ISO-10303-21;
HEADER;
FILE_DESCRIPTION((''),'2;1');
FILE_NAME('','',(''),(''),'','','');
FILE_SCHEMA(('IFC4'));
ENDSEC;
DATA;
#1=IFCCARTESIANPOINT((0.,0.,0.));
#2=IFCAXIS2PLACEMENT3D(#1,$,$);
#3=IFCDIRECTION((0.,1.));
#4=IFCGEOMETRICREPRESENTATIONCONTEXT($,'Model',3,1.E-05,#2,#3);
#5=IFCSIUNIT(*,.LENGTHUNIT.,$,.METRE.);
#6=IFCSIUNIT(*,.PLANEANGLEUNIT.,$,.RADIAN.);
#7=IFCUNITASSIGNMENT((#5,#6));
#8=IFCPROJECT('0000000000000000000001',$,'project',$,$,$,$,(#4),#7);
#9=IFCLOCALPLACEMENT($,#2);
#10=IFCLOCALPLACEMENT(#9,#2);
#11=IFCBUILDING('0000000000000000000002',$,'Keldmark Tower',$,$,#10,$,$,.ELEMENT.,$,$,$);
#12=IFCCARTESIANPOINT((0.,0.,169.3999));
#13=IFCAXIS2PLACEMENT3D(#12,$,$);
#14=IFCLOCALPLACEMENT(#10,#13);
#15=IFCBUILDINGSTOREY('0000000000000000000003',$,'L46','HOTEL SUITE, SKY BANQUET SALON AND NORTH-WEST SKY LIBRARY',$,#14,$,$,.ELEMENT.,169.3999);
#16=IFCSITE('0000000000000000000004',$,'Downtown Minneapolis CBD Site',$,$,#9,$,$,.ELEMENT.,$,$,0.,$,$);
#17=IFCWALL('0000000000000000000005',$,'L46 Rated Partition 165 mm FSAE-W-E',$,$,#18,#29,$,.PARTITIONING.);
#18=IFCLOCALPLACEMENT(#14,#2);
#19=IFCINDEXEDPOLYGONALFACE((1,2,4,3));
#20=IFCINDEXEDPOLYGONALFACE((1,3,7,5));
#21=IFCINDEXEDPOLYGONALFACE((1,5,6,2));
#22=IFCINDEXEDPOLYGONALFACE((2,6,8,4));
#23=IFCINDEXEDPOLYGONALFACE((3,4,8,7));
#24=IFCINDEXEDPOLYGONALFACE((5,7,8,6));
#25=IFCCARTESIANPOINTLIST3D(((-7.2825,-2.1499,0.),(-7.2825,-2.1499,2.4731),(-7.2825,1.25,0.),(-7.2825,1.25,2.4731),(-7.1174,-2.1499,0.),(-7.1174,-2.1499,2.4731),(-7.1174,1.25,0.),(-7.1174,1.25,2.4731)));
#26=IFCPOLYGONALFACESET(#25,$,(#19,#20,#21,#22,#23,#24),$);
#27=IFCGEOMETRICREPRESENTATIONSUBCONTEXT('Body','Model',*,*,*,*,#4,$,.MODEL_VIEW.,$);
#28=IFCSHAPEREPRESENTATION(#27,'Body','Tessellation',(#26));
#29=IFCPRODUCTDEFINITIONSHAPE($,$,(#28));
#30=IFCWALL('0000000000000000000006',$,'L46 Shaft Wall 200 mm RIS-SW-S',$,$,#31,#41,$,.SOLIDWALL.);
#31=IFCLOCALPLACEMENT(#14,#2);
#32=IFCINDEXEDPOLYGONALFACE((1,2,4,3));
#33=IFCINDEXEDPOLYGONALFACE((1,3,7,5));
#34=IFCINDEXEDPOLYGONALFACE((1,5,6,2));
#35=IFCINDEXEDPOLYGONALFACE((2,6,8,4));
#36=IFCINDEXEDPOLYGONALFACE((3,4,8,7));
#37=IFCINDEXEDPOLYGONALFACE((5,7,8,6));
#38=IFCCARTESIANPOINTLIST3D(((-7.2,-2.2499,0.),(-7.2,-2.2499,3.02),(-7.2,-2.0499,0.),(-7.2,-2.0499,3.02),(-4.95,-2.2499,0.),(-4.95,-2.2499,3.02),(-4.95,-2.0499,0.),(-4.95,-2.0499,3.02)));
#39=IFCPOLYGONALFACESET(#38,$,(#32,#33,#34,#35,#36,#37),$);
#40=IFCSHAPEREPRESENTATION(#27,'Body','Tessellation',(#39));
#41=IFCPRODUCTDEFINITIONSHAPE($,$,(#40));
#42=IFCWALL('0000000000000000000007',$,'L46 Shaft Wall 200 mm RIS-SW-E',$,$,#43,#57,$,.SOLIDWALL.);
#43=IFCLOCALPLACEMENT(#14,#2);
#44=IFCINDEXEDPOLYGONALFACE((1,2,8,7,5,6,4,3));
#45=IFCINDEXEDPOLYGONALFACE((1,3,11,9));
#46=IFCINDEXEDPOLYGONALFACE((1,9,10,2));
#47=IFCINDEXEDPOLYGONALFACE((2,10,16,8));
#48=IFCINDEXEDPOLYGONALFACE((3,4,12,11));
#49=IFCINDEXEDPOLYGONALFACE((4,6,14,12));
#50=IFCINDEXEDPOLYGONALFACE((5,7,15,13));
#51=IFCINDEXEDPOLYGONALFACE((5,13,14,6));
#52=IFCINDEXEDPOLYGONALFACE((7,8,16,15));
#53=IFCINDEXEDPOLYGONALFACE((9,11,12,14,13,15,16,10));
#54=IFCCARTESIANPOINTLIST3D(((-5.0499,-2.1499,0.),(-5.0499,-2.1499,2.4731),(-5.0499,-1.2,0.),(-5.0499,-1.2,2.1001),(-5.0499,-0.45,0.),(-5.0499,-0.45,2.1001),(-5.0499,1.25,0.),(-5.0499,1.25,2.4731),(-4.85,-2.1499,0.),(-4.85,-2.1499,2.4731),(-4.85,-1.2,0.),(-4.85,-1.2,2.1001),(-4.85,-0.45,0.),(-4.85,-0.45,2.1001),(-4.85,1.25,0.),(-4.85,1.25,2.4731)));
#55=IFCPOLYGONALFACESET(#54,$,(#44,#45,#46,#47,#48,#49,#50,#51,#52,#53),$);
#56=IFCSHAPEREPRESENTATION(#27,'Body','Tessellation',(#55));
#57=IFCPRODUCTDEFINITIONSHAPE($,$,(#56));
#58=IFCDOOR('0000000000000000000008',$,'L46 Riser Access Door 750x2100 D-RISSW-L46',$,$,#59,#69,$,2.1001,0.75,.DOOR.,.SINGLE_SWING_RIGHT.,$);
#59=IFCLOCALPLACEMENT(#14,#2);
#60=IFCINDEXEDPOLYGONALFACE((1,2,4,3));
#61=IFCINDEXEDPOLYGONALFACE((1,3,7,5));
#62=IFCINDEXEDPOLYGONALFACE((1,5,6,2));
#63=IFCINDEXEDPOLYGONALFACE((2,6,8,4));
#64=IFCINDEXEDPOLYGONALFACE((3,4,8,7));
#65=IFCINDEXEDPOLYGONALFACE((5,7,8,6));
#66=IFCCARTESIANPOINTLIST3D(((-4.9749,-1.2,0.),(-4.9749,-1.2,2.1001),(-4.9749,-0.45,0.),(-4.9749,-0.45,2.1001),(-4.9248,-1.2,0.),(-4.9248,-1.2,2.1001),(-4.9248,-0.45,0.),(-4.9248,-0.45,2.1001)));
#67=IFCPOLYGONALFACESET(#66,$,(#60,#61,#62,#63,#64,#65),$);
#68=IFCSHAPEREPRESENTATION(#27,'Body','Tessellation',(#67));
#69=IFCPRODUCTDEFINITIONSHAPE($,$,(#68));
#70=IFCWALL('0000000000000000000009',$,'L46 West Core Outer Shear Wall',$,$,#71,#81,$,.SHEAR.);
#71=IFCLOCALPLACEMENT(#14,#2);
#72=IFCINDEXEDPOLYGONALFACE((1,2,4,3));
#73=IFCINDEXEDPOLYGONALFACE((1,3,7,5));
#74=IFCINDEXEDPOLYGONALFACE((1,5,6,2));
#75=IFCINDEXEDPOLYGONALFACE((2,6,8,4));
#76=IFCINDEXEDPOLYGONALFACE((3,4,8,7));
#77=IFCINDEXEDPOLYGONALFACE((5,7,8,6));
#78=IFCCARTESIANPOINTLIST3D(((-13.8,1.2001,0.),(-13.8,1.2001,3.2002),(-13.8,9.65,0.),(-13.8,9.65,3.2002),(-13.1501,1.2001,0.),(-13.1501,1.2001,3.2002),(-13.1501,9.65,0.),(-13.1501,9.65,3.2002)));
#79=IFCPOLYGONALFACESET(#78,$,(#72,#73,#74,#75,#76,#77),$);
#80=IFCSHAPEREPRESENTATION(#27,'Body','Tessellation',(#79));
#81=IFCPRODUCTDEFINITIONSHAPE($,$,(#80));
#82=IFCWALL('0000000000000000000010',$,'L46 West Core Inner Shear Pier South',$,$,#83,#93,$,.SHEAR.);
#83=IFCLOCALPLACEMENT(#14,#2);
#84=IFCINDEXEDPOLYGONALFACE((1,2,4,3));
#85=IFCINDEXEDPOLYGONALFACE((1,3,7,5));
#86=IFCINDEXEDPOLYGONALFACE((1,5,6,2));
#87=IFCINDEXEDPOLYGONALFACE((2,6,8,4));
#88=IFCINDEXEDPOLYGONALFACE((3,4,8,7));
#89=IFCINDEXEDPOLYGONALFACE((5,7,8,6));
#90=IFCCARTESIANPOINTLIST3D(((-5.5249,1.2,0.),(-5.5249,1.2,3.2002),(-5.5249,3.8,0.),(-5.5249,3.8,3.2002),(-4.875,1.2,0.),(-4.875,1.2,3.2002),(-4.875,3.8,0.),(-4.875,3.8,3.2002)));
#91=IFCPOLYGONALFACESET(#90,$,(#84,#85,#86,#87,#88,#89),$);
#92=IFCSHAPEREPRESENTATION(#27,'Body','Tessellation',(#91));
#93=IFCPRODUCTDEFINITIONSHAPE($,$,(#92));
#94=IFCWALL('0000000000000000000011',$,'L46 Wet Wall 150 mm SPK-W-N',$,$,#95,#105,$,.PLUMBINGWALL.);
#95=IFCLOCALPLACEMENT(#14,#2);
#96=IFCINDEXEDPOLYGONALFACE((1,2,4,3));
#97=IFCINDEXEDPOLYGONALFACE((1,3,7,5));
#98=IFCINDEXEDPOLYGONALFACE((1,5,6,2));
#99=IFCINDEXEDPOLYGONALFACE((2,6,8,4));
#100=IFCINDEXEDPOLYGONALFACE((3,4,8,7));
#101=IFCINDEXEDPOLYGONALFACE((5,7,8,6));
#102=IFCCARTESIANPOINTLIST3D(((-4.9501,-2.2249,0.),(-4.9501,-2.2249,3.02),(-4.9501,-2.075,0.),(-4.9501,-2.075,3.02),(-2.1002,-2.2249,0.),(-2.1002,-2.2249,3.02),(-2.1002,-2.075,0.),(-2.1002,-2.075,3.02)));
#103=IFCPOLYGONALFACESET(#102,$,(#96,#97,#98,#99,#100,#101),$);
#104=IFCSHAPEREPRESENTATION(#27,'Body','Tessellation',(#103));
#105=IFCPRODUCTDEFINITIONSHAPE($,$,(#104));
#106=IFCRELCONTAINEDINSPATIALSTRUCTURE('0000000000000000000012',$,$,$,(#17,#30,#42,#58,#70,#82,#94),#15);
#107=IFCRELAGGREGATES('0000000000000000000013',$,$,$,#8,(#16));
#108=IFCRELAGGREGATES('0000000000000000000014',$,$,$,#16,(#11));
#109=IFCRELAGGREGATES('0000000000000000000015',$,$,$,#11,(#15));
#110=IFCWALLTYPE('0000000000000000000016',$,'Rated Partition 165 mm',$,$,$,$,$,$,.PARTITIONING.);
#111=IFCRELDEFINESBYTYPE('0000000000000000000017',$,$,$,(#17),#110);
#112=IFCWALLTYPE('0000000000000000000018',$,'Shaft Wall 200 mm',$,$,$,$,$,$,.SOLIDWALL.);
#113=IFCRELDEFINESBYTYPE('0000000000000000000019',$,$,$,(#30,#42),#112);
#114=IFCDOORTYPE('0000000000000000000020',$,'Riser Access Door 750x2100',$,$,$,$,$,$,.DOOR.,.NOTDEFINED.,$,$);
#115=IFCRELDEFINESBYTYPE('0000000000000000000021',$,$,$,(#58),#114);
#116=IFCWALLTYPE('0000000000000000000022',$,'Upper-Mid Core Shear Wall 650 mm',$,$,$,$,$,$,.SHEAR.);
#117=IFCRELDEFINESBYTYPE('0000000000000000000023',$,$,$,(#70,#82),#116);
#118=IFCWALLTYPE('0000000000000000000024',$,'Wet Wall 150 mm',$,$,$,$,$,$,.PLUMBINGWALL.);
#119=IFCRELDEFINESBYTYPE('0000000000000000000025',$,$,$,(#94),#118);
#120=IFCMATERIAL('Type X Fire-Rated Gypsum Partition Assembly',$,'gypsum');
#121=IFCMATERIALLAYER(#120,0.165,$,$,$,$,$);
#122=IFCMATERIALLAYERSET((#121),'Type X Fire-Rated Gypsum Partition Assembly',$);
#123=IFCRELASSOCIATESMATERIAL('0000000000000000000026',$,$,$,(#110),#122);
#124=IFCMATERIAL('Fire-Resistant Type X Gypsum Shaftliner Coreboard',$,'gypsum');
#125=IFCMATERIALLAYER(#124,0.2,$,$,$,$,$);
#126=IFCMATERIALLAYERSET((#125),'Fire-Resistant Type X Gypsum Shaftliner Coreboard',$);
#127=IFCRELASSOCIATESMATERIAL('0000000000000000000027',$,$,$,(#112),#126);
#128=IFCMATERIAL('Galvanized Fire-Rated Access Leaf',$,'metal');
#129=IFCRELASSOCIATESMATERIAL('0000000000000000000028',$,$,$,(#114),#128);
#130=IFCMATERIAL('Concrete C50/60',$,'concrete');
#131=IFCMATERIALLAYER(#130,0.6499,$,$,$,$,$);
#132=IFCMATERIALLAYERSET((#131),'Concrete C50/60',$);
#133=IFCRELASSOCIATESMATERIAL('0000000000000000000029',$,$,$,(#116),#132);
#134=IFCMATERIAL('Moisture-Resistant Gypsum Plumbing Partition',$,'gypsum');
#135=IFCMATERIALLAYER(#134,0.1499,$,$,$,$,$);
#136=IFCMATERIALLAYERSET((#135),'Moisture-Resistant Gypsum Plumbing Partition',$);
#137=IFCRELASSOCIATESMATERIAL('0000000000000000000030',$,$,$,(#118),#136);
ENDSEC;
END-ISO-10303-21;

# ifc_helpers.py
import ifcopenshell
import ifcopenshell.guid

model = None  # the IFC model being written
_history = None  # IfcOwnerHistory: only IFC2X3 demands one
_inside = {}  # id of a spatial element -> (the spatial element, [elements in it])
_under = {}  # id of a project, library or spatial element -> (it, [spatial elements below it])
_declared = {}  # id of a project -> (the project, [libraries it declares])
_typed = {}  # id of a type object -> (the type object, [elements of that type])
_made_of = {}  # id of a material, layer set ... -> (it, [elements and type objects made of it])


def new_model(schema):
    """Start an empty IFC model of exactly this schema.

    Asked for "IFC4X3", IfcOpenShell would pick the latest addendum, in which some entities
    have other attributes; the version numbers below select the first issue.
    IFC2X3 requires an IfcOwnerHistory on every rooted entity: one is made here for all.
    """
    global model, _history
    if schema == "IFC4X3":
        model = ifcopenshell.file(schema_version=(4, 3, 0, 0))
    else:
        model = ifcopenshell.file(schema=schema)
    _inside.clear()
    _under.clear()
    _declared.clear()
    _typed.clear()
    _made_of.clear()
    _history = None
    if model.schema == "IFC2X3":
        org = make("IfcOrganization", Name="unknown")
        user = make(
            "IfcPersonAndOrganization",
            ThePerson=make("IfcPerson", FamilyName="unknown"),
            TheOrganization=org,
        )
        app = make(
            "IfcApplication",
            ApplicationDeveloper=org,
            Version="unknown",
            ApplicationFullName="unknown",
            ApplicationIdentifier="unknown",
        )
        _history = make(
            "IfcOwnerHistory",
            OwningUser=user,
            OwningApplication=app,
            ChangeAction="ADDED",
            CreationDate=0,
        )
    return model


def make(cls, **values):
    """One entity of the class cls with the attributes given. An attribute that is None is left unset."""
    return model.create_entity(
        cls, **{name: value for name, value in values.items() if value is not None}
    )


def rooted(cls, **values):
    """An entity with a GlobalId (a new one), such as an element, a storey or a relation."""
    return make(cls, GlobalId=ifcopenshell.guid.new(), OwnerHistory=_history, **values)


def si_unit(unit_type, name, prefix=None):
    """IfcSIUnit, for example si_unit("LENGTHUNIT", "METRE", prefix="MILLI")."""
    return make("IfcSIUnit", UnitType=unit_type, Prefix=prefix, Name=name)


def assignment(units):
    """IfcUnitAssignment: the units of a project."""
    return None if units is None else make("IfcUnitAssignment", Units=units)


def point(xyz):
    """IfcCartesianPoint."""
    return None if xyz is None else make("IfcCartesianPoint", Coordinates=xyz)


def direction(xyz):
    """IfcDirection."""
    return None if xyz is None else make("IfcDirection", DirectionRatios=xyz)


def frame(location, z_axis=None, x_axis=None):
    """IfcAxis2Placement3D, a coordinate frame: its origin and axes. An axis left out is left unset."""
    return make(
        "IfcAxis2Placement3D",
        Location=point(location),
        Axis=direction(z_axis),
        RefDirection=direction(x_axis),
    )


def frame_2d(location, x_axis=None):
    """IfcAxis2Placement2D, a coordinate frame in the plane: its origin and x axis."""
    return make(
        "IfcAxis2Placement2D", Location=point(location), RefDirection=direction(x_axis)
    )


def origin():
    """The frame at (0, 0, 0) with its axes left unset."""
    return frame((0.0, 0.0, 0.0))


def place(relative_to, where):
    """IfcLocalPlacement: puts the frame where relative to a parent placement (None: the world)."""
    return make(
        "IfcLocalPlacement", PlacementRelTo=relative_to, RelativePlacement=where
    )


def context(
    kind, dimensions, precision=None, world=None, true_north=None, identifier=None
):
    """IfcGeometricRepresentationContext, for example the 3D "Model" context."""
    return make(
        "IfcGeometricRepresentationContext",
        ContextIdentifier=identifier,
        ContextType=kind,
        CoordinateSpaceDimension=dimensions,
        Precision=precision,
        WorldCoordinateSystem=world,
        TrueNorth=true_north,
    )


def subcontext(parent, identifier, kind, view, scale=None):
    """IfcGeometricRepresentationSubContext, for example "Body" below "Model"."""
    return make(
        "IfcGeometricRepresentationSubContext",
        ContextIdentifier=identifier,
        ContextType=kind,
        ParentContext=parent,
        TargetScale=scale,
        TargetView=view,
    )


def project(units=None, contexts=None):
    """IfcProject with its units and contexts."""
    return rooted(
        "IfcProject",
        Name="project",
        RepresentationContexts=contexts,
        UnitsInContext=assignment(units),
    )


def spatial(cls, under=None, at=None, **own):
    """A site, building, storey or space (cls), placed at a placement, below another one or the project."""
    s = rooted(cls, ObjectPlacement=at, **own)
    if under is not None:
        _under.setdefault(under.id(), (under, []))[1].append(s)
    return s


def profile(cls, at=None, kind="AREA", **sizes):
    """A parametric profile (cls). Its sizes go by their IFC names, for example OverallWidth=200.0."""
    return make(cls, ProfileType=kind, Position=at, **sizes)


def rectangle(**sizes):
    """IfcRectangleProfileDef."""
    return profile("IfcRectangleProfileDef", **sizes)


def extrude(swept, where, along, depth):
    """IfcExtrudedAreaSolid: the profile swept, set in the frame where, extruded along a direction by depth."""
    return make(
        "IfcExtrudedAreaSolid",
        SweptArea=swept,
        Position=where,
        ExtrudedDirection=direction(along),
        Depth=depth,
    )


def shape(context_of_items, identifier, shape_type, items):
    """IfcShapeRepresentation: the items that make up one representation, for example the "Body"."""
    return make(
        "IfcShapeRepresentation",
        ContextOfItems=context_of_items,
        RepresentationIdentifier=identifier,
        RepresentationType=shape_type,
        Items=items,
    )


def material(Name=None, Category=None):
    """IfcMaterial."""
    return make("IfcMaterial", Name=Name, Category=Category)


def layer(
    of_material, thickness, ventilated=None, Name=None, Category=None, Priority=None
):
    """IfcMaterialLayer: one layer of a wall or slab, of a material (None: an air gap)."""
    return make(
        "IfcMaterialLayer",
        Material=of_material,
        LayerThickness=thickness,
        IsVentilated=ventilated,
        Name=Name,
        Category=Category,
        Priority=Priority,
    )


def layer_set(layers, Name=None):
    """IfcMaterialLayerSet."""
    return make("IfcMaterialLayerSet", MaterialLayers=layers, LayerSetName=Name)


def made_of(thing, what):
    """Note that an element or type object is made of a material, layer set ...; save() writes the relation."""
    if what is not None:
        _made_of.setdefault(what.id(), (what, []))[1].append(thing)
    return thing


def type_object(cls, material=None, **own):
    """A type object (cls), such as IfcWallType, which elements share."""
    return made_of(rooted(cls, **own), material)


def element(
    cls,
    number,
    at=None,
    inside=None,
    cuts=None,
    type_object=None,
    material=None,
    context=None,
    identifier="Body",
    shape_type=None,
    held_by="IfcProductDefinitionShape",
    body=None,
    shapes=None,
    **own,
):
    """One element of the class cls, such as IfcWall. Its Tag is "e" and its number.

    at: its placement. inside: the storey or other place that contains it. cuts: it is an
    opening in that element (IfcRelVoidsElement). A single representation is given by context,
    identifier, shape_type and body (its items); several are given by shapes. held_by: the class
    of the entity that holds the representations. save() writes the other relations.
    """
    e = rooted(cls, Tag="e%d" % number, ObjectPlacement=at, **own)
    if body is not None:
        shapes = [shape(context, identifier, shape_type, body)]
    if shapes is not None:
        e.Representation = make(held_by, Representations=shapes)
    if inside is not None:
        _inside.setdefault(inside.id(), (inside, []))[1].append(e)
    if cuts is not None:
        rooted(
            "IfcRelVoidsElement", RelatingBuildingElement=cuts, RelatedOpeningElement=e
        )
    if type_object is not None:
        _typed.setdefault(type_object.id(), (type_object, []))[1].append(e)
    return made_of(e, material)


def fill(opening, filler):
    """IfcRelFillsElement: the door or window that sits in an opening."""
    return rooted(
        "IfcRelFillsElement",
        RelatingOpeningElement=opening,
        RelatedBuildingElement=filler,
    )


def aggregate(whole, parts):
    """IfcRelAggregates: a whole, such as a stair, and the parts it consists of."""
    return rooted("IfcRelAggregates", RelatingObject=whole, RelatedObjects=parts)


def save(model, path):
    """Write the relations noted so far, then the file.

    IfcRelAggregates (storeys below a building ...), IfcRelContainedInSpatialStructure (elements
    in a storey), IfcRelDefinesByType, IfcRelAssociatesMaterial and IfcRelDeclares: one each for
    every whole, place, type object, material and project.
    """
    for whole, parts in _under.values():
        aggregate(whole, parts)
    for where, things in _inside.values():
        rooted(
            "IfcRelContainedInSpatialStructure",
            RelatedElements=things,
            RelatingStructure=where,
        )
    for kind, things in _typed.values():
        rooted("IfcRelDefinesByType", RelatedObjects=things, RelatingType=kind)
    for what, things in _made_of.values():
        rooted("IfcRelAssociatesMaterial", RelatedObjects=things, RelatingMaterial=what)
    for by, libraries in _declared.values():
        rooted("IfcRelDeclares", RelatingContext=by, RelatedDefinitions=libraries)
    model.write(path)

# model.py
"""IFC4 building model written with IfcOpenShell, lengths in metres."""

from ifc_helpers import new_model, si_unit, direction, frame, frame_2d, origin, place, context, subcontext, project, spatial, rectangle, extrude, material, layer, layer_set, type_object, element, fill, save


model = new_model("IFC4")

# Units and contexts
model_context = context("Model", 3, precision=1e-05, world=origin(), true_north=direction((0.0, 1.0)))
body_context = subcontext(model_context, "Body", "Model", "MODEL_VIEW")
ifc_project = project(units=[si_unit("LENGTHUNIT", "METRE"), si_unit("PLANEANGLEUNIT", "RADIAN")], contexts=[model_context])

# Site, building, storey
site_placement = place(None, origin())
site = spatial("IfcSite", under=ifc_project, at=site_placement, Name="Downtown Minneapolis CBD Site", CompositionType="ELEMENT", RefElevation=0.0)
building_placement = place(site_placement, origin())
building = spatial("IfcBuilding", under=site, at=building_placement, Name="Keldmark Tower", CompositionType="ELEMENT")
storey_placement = place(building_placement, frame((0.0, 0.0, 169.3999)))
storey = spatial("IfcBuildingStorey", under=building, at=storey_placement, Name="L46", Description="HOTEL SUITE, SKY BANQUET SALON AND NORTH-WEST SKY LIBRARY", CompositionType="ELEMENT", Elevation=169.3999)

# Shared definitions
ifc_material_1 = material(Name="Type X Fire-Rated Gypsum Partition Assembly", Category="gypsum")
ifc_layer_1 = layer(ifc_material_1, 0.165)
ifc_layer_set_1 = layer_set([ifc_layer_1], Name="Type X Fire-Rated Gypsum Partition Assembly")
wall_type_1 = type_object("IfcWallType", Name="Rated Partition 165 mm", PredefinedType="PARTITIONING", material=ifc_layer_set_1)

# Walls
wall_1_placement = place(storey_placement, frame((-7.2, -2.1499, 0.0), z_axis=(0.0, 0.0, 1.0), x_axis=(0.0, 1.0, 0.0)))
element("IfcWall", 1, at=wall_1_placement, inside=storey, type_object=wall_type_1, Name="L46 Rated Partition 165 mm FSAE-W-E", PredefinedType="PARTITIONING", context=body_context, shape_type="SweptSolid", body=[
    extrude(rectangle(XDim=3.3999, YDim=0.165, at=frame_2d((1.7, 0.0))), origin(), (0.0, 0.0, 1.0), 2.4731),
])
ifc_material_2 = material(Name="Fire-Resistant Type X Gypsum Shaftliner Coreboard", Category="gypsum")
ifc_layer_2 = layer(ifc_material_2, 0.2)
ifc_layer_set_2 = layer_set([ifc_layer_2], Name="Fire-Resistant Type X Gypsum Shaftliner Coreboard")
wall_type_2 = type_object("IfcWallType", Name="Shaft Wall 200 mm", PredefinedType="SOLIDWALL", material=ifc_layer_set_2)
wall_2_placement = place(storey_placement, frame((-7.2, -2.1499, 0.0), z_axis=(0.0, 0.0, 1.0), x_axis=(1.0, 0.0, 0.0)))
element("IfcWall", 2, at=wall_2_placement, inside=storey, type_object=wall_type_2, Name="L46 Shaft Wall 200 mm RIS-SW-S", PredefinedType="SOLIDWALL", context=body_context, shape_type="SweptSolid", body=[
    extrude(rectangle(XDim=2.25, YDim=0.2, at=frame_2d((1.125, 0.0))), origin(), (0.0, 0.0, 1.0), 3.02),
])

# Wall, opening, door
wall_3_placement = place(storey_placement, frame((-4.95, -2.1499, 0.0), z_axis=(0.0, 0.0, 1.0), x_axis=(0.0, 1.0, 0.0)))
wall_3 = element("IfcWall", 3, at=wall_3_placement, inside=storey, type_object=wall_type_2, Name="L46 Shaft Wall 200 mm RIS-SW-E", PredefinedType="SOLIDWALL", context=body_context, shape_type="SweptSolid", body=[
    extrude(rectangle(XDim=3.3999, YDim=0.2, at=frame_2d((1.7, 0.0))), origin(), (0.0, 0.0, 1.0), 2.4731),
])
opening_1_placement = place(wall_3_placement, frame((0.95, 0.0, 0.0)))
opening_1 = element("IfcOpeningElement", 4, at=opening_1_placement, cuts=wall_3, PredefinedType="OPENING", context=body_context, shape_type="SweptSolid", body=[
    extrude(rectangle(XDim=0.75, YDim=2.1001, at=frame_2d((0.375, 1.05))), frame((0.0, 0.1099, 0.0), z_axis=(0.0, -1.0, 0.0), x_axis=(1.0, 0.0, 0.0)), (0.0, 0.0, 1.0), 0.22),
])
ifc_material_3 = material(Name="Galvanized Fire-Rated Access Leaf", Category="metal")
door_type_1 = type_object("IfcDoorType", Name="Riser Access Door 750x2100", OperationType="NOTDEFINED", PredefinedType="DOOR", material=ifc_material_3)
door_1_placement = place(opening_1_placement, origin())
door_1 = element("IfcDoor", 5, at=door_1_placement, inside=storey, type_object=door_type_1, Name="L46 Riser Access Door 750x2100 D-RISSW-L46", OperationType="SINGLE_SWING_RIGHT", OverallHeight=2.1001, OverallWidth=0.75, PredefinedType="DOOR", context=body_context, shape_type="SweptSolid", body=[
    extrude(rectangle(XDim=0.75, YDim=2.1001, at=frame_2d((0.375, 1.05))), frame((0.0, 0.0249, 0.0), z_axis=(0.0, -1.0, 0.0), x_axis=(1.0, 0.0, 0.0)), (0.0, 0.0, 1.0), 0.05),
])
fill(opening_1, door_1)

# Wall
ifc_material_4 = material(Name="Concrete C50/60", Category="concrete")
ifc_layer_3 = layer(ifc_material_4, 0.6499)
ifc_layer_set_3 = layer_set([ifc_layer_3], Name="Concrete C50/60")
wall_type_3 = type_object("IfcWallType", Name="Upper-Mid Core Shear Wall 650 mm", PredefinedType="SHEAR", material=ifc_layer_set_3)
wall_4_placement = place(storey_placement, frame((-13.4751, 1.2, 0.0), z_axis=(0.0, 0.0, 1.0), x_axis=(0.0, 1.0, 0.0)))
element("IfcWall", 6, at=wall_4_placement, inside=storey, type_object=wall_type_3, Name="L46 West Core Outer Shear Wall", PredefinedType="SHEAR", context=body_context, shape_type="SweptSolid", body=[
    extrude(rectangle(XDim=8.45, YDim=0.6499, at=frame_2d((4.2251, 0.0))), origin(), (0.0, 0.0, 1.0), 3.2002),
])

# Walls
wall_5_placement = place(storey_placement, frame((-5.2, 1.2, 0.0), z_axis=(0.0, 0.0, 1.0), x_axis=(0.0, 1.0, 0.0)))
element("IfcWall", 7, at=wall_5_placement, inside=storey, type_object=wall_type_3, Name="L46 West Core Inner Shear Pier South", PredefinedType="SHEAR", context=body_context, shape_type="SweptSolid", body=[
    extrude(rectangle(XDim=2.6001, YDim=0.6499, at=frame_2d((1.3, 0.0))), origin(), (0.0, 0.0, 1.0), 3.2002),
])
ifc_material_5 = material(Name="Moisture-Resistant Gypsum Plumbing Partition", Category="gypsum")
ifc_layer_4 = layer(ifc_material_5, 0.1499)
ifc_layer_set_4 = layer_set([ifc_layer_4], Name="Moisture-Resistant Gypsum Plumbing Partition")
wall_type_4 = type_object("IfcWallType", Name="Wet Wall 150 mm", PredefinedType="PLUMBINGWALL", material=ifc_layer_set_4)
wall_6_placement = place(storey_placement, frame((-4.95, -2.1499, 0.0), z_axis=(0.0, 0.0, 1.0), x_axis=(1.0, 0.0, 0.0)))
element("IfcWall", 8, at=wall_6_placement, inside=storey, type_object=wall_type_4, Name="L46 Wet Wall 150 mm SPK-W-N", PredefinedType="PLUMBINGWALL", context=body_context, shape_type="SweptSolid", body=[
    extrude(rectangle(XDim=2.8499, YDim=0.1499, at=frame_2d((1.4248, 0.0))), origin(), (0.0, 0.0, 1.0), 3.02),
])

save(model, "model.ifc")
